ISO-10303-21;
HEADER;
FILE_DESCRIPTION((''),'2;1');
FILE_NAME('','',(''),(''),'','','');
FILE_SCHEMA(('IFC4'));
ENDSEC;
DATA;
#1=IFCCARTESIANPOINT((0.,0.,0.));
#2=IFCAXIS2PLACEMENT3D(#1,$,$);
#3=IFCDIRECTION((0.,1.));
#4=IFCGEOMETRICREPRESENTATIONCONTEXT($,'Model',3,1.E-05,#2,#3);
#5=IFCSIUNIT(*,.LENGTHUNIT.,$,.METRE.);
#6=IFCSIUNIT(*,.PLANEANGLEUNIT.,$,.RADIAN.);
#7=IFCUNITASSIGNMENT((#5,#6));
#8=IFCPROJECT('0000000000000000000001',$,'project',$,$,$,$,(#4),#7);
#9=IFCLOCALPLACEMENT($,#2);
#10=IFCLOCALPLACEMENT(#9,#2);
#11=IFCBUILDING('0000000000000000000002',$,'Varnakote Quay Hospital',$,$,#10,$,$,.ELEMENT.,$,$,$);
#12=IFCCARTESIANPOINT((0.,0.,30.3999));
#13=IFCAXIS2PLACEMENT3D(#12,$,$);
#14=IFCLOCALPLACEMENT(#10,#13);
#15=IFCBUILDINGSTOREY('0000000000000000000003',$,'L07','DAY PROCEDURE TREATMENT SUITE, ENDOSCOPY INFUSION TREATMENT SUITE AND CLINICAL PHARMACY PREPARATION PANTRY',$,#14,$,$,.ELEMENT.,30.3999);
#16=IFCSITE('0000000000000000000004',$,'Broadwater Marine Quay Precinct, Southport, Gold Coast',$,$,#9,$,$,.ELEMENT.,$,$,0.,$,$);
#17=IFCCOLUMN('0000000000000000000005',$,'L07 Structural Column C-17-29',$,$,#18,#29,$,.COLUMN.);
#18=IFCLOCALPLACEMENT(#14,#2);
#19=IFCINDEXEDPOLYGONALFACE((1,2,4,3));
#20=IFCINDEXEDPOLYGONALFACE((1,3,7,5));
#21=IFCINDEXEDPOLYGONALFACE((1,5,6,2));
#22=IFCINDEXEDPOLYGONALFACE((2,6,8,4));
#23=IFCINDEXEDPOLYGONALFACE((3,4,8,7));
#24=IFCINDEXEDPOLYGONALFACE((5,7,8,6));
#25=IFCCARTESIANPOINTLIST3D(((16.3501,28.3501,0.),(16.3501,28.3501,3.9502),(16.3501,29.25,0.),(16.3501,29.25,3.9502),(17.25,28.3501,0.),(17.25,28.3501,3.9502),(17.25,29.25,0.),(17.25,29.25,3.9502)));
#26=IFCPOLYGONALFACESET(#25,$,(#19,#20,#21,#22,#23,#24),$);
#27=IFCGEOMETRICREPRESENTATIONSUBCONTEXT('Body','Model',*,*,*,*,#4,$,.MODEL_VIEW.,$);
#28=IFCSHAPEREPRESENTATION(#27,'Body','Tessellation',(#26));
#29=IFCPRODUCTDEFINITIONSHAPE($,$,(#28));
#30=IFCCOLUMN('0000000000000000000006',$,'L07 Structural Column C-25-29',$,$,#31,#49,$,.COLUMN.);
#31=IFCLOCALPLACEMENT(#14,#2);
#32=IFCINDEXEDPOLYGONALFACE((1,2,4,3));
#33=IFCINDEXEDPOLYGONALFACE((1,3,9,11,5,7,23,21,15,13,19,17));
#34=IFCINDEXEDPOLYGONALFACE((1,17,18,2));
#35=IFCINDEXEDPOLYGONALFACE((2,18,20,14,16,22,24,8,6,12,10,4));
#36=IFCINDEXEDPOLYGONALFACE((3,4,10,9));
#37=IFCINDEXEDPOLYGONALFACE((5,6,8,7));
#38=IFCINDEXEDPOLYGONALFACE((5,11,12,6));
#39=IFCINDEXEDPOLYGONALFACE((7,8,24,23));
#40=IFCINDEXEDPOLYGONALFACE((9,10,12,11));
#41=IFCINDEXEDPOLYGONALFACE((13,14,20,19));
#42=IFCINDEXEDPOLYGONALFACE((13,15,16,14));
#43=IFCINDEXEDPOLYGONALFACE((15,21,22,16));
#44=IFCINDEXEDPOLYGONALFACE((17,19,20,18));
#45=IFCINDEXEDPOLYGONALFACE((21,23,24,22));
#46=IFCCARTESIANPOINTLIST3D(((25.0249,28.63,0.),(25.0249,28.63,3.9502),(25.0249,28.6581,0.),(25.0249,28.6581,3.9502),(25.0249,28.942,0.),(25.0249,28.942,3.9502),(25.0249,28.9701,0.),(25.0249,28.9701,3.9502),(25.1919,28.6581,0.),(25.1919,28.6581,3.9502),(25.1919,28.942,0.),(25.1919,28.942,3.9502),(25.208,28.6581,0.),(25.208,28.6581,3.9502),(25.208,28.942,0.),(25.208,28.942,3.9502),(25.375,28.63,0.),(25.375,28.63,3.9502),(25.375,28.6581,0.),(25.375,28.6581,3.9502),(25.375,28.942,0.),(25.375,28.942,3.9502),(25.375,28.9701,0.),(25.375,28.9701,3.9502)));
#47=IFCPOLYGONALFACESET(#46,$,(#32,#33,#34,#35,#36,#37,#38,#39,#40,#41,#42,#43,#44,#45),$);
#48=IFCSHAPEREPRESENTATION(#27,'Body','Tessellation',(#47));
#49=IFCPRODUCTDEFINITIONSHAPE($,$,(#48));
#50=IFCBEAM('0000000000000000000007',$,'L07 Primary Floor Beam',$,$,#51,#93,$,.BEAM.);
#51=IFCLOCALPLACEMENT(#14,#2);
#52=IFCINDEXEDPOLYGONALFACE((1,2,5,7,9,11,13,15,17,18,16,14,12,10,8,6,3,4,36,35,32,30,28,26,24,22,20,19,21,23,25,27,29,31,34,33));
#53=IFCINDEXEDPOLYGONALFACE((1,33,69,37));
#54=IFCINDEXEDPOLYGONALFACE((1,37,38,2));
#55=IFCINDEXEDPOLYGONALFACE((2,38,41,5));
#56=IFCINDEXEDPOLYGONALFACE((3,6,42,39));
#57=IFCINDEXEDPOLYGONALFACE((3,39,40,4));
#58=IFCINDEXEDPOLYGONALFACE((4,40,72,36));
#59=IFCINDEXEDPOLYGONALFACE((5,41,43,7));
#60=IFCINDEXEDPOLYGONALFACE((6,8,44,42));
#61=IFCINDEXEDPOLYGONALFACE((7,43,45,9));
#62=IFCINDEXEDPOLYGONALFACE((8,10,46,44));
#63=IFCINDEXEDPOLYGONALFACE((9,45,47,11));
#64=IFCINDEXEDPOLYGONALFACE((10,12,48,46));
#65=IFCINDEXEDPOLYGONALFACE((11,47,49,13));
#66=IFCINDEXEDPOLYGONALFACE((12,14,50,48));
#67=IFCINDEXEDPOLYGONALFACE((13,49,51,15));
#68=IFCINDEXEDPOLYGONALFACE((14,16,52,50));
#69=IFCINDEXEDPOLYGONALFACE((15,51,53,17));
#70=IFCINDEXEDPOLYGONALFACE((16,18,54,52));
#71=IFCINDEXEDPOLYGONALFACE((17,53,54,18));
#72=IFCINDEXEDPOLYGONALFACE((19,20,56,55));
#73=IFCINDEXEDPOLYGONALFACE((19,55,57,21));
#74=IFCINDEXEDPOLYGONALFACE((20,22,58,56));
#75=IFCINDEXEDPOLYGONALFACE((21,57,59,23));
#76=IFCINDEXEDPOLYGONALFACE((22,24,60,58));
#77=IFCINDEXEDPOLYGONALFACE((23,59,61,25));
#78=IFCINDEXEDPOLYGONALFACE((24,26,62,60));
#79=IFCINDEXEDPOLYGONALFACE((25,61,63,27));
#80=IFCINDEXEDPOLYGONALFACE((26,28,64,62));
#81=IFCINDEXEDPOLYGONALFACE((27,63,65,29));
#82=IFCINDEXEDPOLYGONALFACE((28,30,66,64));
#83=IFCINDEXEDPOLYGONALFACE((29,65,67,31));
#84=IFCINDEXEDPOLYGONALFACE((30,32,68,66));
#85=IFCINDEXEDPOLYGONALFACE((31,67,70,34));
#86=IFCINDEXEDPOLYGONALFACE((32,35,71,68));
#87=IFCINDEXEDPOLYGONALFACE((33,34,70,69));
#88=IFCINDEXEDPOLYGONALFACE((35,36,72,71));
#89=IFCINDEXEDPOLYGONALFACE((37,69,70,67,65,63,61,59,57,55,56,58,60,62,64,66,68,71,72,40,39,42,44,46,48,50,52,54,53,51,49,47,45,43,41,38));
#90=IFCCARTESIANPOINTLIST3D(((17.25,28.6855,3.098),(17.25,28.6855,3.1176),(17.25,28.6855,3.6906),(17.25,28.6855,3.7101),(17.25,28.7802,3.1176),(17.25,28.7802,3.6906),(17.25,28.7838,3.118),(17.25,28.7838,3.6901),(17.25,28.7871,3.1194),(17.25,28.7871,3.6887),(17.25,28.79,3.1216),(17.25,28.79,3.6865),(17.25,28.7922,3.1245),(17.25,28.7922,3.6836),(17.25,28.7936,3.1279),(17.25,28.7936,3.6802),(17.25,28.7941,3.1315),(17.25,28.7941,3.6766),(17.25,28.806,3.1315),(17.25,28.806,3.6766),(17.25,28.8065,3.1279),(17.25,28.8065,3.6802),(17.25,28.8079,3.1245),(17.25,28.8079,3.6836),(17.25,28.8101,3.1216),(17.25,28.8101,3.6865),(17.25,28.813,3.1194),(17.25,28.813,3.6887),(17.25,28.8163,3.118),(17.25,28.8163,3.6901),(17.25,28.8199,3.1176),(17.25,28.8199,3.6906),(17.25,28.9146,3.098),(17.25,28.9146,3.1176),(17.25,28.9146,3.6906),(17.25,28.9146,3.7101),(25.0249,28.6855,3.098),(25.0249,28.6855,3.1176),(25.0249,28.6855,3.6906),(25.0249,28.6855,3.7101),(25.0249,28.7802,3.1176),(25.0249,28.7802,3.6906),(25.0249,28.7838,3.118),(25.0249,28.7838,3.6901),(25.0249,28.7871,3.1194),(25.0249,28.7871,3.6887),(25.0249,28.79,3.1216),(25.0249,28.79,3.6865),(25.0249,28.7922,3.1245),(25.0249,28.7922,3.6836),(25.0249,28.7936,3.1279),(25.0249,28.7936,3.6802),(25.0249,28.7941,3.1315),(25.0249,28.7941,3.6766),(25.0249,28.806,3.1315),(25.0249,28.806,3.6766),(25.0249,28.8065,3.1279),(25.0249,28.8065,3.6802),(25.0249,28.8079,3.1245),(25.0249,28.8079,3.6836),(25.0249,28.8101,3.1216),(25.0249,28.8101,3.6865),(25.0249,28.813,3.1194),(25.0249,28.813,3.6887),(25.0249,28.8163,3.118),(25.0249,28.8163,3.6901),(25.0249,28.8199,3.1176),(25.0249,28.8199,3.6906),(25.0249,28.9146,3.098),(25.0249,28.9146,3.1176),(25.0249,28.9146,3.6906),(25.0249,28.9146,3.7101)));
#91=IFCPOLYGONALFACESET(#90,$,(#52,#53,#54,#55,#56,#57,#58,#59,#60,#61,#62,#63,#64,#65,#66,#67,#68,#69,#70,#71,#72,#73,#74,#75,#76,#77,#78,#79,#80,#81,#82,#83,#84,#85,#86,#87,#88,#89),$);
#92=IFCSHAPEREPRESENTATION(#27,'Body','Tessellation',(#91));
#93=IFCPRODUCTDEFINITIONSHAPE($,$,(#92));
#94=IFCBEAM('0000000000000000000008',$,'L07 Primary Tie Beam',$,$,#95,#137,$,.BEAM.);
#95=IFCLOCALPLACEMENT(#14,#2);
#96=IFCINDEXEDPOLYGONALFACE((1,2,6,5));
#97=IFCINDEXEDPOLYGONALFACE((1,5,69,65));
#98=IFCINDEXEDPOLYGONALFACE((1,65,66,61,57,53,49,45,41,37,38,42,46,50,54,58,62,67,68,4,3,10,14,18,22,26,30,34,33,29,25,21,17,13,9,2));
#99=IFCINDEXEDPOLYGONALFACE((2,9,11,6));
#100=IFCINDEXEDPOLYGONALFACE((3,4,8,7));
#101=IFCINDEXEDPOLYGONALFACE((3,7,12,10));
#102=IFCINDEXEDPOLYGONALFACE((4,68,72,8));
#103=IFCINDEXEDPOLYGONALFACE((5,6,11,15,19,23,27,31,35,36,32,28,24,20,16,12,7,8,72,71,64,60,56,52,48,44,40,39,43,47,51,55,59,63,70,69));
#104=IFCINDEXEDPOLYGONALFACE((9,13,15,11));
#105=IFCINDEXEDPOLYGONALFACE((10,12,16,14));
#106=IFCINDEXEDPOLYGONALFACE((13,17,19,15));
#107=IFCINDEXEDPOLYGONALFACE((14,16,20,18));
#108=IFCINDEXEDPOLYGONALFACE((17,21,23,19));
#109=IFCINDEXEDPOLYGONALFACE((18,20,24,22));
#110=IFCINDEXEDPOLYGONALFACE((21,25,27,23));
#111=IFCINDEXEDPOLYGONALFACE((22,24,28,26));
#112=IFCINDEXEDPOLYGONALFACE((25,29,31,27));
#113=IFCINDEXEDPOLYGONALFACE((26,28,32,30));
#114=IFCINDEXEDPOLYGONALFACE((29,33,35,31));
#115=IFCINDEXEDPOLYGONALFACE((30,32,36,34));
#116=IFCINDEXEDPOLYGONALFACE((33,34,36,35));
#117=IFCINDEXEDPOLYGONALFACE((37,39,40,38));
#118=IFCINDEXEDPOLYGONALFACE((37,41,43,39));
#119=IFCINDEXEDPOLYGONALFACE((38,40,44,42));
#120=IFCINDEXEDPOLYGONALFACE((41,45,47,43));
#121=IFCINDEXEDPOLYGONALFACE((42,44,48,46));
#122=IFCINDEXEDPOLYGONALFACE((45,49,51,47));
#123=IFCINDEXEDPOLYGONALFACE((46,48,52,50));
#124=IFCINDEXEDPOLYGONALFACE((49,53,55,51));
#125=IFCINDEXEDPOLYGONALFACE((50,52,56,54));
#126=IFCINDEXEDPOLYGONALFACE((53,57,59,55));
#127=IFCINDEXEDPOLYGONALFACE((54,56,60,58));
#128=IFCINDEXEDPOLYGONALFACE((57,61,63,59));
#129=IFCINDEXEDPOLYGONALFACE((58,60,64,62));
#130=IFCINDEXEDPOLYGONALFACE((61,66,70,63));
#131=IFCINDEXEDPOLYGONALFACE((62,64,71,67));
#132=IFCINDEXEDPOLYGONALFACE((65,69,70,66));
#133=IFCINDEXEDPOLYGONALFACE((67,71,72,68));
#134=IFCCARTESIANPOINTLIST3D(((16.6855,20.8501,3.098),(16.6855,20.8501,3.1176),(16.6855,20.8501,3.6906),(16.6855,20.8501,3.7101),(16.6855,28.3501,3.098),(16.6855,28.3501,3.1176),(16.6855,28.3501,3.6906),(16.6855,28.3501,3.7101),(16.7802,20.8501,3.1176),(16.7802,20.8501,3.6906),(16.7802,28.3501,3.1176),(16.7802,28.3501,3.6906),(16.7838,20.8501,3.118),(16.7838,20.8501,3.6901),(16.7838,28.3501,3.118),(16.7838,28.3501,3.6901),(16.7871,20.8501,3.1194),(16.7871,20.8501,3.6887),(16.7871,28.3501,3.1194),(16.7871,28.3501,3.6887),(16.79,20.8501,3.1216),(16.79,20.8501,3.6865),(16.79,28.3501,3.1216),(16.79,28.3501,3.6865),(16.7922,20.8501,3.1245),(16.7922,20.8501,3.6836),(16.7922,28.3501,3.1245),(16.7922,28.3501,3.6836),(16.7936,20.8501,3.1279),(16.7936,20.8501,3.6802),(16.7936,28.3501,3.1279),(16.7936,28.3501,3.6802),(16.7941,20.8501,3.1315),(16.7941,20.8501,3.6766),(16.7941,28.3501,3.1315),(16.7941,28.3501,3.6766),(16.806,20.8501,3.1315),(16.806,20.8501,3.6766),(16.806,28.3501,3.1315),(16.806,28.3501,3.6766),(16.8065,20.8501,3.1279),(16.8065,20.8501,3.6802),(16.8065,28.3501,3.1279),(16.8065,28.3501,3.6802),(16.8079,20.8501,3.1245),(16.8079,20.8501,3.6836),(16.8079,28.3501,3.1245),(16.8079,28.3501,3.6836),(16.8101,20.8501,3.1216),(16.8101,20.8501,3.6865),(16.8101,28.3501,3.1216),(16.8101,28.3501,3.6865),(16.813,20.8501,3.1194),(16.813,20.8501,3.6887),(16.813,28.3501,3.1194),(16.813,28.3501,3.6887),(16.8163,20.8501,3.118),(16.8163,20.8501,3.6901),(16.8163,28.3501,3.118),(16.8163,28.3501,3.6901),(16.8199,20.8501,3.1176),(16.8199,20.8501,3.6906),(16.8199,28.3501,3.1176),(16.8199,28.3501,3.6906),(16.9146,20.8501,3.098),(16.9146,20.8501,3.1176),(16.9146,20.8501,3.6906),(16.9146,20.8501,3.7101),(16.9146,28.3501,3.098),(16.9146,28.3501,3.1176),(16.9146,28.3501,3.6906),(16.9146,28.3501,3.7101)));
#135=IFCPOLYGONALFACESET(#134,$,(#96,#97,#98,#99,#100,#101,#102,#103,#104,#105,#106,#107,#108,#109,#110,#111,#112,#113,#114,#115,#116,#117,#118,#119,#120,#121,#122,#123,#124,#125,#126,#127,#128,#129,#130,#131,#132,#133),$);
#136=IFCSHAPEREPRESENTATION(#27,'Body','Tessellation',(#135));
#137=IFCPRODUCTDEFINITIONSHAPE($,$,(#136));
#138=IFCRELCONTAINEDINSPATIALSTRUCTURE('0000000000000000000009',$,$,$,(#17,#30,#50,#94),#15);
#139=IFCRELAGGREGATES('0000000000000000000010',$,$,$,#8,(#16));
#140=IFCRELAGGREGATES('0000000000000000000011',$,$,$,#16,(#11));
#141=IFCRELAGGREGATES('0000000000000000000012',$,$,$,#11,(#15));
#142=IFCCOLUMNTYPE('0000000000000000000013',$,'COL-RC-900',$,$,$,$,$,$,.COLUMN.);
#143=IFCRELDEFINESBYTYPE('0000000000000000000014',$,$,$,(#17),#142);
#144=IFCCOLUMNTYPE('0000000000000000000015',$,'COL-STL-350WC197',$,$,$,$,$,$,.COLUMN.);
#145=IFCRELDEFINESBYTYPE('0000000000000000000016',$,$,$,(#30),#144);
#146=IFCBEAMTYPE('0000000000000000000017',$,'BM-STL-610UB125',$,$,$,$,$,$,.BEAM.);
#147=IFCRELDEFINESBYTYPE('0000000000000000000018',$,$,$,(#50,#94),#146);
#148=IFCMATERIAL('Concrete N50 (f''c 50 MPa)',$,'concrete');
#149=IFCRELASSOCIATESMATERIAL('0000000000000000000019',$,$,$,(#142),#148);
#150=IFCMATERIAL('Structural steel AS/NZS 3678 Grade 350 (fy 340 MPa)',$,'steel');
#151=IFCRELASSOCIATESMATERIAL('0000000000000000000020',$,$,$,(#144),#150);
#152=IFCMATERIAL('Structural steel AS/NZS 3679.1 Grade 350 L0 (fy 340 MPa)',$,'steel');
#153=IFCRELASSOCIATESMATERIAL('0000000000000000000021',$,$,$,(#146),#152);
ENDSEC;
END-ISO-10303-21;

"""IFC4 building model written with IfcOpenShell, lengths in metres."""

from ifc_helpers import new_model, si_unit, direction, frame, origin, origin_2d, place, context, subcontext, project, spatial, rectangle, i_section, extrude, material, material_profile, profile_set, type_object, element, save


model = new_model("IFC4")

# Units and contexts
model_context = context("Model", 3, precision=1e-05, world=origin(), true_north=direction((0.0, 1.0)))
body_context = subcontext(model_context, "Body", "Model", "MODEL_VIEW")
ifc_project = project(units=[si_unit("LENGTHUNIT", "METRE"), si_unit("PLANEANGLEUNIT", "RADIAN")], contexts=[model_context])

# Site, building, storey
site_placement = place(None, origin())
site = spatial("IfcSite", under=ifc_project, at=site_placement, Name="Broadwater Marine Quay Precinct, Southport, Gold Coast", CompositionType="ELEMENT", RefElevation=0.0)
building_placement = place(site_placement, origin())
building = spatial("IfcBuilding", under=site, at=building_placement, Name="Varnakote Quay Hospital", CompositionType="ELEMENT")
storey_placement = place(building_placement, frame((0.0, 0.0, 30.3999)))
storey = spatial("IfcBuildingStorey", under=building, at=storey_placement, Name="L07", Description="DAY PROCEDURE TREATMENT SUITE, ENDOSCOPY INFUSION TREATMENT SUITE AND CLINICAL PHARMACY PREPARATION PANTRY", CompositionType="ELEMENT", Elevation=30.3999)

# Columns
ifc_material_1 = material(Name="Concrete N50 (f'c 50 MPa)", Category="concrete")
ifc_material_profile_1 = material_profile(ifc_material_1, rectangle(XDim=0.8999, YDim=0.8999, at=origin_2d()), Name="RC-COL-900x900")
ifc_profile_set_1 = profile_set([ifc_material_profile_1], Name="Concrete N50 (f'c 50 MPa)")
column_type_1 = type_object("IfcColumnType", Name="COL-RC-900", PredefinedType="COLUMN", material=ifc_profile_set_1)
column_1_placement = place(storey_placement, frame((16.8, 28.8, 0.0), z_axis=(0.0, 0.0, 1.0), x_axis=(1.0, 0.0, 0.0)))
element("IfcColumn", 1, at=column_1_placement, inside=storey, type_object=column_type_1, Name="L07 Structural Column C-17-29", PredefinedType="COLUMN", context=body_context, shape_type="SweptSolid", body=[
    extrude(rectangle(XDim=0.8999, YDim=0.8999, at=origin_2d()), origin(), (0.0, 0.0, 1.0), 3.9502),
])
ifc_material_2 = material(Name="Structural steel AS/NZS 3678 Grade 350 (fy 340 MPa)", Category="steel")
ifc_material_profile_2 = material_profile(ifc_material_2, i_section(OverallWidth=0.3501, OverallDepth=0.3401, WebThickness=0.0161, FlangeThickness=0.0281, at=origin_2d()), Name="350WC197")
ifc_profile_set_2 = profile_set([ifc_material_profile_2], Name="Structural steel AS/NZS 3678 Grade 350 (fy 340 MPa)")
column_type_2 = type_object("IfcColumnType", Name="COL-STL-350WC197", PredefinedType="COLUMN", material=ifc_profile_set_2)
column_2_placement = place(storey_placement, frame((25.2, 28.8, 0.0), z_axis=(0.0, 0.0, 1.0), x_axis=(1.0, 0.0, 0.0)))
element("IfcColumn", 2, at=column_2_placement, inside=storey, type_object=column_type_2, Name="L07 Structural Column C-25-29", PredefinedType="COLUMN", context=body_context, shape_type="SweptSolid", body=[
    extrude(i_section(OverallWidth=0.3501, OverallDepth=0.3401, WebThickness=0.0161, FlangeThickness=0.0281, at=origin_2d()), origin(), (0.0, 0.0, 1.0), 3.9502),
])

# Beams
ifc_material_3 = material(Name="Structural steel AS/NZS 3679.1 Grade 350 L0 (fy 340 MPa)", Category="steel")
ifc_material_profile_3 = material_profile(ifc_material_3, i_section(OverallWidth=0.229, OverallDepth=0.6121, WebThickness=0.012, FlangeThickness=0.0195, FilletRadius=0.0139, at=origin_2d()), Name="610UB125")
ifc_profile_set_3 = profile_set([ifc_material_profile_3], Name="Structural steel AS/NZS 3679.1 Grade 350 L0 (fy 340 MPa)")
beam_type_1 = type_object("IfcBeamType", Name="BM-STL-610UB125", PredefinedType="BEAM", material=ifc_profile_set_3)
beam_1_placement = place(storey_placement, frame((17.25, 28.8, 3.4041), z_axis=(1.0, 0.0, 0.0), x_axis=(0.0, 1.0, 0.0)))
element("IfcBeam", 3, at=beam_1_placement, inside=storey, type_object=beam_type_1, Name="L07 Primary Floor Beam", PredefinedType="BEAM", context=body_context, shape_type="SweptSolid", body=[
    extrude(i_section(OverallWidth=0.229, OverallDepth=0.6121, WebThickness=0.012, FlangeThickness=0.0195, FilletRadius=0.0139, at=origin_2d()), origin(), (0.0, 0.0, 1.0), 7.7749),
])
beam_2_placement = place(storey_placement, frame((16.8, 20.8501, 3.4041), z_axis=(0.0, 1.0, 0.0), x_axis=(-1.0, 0.0, 0.0)))
element("IfcBeam", 4, at=beam_2_placement, inside=storey, type_object=beam_type_1, Name="L07 Primary Tie Beam", PredefinedType="BEAM", context=body_context, shape_type="SweptSolid", body=[
    extrude(i_section(OverallWidth=0.229, OverallDepth=0.6121, WebThickness=0.012, FlangeThickness=0.0195, FilletRadius=0.0139, at=origin_2d()), origin(), (0.0, 0.0, 1.0), 7.5),
])

save(model, "model.ifc")
